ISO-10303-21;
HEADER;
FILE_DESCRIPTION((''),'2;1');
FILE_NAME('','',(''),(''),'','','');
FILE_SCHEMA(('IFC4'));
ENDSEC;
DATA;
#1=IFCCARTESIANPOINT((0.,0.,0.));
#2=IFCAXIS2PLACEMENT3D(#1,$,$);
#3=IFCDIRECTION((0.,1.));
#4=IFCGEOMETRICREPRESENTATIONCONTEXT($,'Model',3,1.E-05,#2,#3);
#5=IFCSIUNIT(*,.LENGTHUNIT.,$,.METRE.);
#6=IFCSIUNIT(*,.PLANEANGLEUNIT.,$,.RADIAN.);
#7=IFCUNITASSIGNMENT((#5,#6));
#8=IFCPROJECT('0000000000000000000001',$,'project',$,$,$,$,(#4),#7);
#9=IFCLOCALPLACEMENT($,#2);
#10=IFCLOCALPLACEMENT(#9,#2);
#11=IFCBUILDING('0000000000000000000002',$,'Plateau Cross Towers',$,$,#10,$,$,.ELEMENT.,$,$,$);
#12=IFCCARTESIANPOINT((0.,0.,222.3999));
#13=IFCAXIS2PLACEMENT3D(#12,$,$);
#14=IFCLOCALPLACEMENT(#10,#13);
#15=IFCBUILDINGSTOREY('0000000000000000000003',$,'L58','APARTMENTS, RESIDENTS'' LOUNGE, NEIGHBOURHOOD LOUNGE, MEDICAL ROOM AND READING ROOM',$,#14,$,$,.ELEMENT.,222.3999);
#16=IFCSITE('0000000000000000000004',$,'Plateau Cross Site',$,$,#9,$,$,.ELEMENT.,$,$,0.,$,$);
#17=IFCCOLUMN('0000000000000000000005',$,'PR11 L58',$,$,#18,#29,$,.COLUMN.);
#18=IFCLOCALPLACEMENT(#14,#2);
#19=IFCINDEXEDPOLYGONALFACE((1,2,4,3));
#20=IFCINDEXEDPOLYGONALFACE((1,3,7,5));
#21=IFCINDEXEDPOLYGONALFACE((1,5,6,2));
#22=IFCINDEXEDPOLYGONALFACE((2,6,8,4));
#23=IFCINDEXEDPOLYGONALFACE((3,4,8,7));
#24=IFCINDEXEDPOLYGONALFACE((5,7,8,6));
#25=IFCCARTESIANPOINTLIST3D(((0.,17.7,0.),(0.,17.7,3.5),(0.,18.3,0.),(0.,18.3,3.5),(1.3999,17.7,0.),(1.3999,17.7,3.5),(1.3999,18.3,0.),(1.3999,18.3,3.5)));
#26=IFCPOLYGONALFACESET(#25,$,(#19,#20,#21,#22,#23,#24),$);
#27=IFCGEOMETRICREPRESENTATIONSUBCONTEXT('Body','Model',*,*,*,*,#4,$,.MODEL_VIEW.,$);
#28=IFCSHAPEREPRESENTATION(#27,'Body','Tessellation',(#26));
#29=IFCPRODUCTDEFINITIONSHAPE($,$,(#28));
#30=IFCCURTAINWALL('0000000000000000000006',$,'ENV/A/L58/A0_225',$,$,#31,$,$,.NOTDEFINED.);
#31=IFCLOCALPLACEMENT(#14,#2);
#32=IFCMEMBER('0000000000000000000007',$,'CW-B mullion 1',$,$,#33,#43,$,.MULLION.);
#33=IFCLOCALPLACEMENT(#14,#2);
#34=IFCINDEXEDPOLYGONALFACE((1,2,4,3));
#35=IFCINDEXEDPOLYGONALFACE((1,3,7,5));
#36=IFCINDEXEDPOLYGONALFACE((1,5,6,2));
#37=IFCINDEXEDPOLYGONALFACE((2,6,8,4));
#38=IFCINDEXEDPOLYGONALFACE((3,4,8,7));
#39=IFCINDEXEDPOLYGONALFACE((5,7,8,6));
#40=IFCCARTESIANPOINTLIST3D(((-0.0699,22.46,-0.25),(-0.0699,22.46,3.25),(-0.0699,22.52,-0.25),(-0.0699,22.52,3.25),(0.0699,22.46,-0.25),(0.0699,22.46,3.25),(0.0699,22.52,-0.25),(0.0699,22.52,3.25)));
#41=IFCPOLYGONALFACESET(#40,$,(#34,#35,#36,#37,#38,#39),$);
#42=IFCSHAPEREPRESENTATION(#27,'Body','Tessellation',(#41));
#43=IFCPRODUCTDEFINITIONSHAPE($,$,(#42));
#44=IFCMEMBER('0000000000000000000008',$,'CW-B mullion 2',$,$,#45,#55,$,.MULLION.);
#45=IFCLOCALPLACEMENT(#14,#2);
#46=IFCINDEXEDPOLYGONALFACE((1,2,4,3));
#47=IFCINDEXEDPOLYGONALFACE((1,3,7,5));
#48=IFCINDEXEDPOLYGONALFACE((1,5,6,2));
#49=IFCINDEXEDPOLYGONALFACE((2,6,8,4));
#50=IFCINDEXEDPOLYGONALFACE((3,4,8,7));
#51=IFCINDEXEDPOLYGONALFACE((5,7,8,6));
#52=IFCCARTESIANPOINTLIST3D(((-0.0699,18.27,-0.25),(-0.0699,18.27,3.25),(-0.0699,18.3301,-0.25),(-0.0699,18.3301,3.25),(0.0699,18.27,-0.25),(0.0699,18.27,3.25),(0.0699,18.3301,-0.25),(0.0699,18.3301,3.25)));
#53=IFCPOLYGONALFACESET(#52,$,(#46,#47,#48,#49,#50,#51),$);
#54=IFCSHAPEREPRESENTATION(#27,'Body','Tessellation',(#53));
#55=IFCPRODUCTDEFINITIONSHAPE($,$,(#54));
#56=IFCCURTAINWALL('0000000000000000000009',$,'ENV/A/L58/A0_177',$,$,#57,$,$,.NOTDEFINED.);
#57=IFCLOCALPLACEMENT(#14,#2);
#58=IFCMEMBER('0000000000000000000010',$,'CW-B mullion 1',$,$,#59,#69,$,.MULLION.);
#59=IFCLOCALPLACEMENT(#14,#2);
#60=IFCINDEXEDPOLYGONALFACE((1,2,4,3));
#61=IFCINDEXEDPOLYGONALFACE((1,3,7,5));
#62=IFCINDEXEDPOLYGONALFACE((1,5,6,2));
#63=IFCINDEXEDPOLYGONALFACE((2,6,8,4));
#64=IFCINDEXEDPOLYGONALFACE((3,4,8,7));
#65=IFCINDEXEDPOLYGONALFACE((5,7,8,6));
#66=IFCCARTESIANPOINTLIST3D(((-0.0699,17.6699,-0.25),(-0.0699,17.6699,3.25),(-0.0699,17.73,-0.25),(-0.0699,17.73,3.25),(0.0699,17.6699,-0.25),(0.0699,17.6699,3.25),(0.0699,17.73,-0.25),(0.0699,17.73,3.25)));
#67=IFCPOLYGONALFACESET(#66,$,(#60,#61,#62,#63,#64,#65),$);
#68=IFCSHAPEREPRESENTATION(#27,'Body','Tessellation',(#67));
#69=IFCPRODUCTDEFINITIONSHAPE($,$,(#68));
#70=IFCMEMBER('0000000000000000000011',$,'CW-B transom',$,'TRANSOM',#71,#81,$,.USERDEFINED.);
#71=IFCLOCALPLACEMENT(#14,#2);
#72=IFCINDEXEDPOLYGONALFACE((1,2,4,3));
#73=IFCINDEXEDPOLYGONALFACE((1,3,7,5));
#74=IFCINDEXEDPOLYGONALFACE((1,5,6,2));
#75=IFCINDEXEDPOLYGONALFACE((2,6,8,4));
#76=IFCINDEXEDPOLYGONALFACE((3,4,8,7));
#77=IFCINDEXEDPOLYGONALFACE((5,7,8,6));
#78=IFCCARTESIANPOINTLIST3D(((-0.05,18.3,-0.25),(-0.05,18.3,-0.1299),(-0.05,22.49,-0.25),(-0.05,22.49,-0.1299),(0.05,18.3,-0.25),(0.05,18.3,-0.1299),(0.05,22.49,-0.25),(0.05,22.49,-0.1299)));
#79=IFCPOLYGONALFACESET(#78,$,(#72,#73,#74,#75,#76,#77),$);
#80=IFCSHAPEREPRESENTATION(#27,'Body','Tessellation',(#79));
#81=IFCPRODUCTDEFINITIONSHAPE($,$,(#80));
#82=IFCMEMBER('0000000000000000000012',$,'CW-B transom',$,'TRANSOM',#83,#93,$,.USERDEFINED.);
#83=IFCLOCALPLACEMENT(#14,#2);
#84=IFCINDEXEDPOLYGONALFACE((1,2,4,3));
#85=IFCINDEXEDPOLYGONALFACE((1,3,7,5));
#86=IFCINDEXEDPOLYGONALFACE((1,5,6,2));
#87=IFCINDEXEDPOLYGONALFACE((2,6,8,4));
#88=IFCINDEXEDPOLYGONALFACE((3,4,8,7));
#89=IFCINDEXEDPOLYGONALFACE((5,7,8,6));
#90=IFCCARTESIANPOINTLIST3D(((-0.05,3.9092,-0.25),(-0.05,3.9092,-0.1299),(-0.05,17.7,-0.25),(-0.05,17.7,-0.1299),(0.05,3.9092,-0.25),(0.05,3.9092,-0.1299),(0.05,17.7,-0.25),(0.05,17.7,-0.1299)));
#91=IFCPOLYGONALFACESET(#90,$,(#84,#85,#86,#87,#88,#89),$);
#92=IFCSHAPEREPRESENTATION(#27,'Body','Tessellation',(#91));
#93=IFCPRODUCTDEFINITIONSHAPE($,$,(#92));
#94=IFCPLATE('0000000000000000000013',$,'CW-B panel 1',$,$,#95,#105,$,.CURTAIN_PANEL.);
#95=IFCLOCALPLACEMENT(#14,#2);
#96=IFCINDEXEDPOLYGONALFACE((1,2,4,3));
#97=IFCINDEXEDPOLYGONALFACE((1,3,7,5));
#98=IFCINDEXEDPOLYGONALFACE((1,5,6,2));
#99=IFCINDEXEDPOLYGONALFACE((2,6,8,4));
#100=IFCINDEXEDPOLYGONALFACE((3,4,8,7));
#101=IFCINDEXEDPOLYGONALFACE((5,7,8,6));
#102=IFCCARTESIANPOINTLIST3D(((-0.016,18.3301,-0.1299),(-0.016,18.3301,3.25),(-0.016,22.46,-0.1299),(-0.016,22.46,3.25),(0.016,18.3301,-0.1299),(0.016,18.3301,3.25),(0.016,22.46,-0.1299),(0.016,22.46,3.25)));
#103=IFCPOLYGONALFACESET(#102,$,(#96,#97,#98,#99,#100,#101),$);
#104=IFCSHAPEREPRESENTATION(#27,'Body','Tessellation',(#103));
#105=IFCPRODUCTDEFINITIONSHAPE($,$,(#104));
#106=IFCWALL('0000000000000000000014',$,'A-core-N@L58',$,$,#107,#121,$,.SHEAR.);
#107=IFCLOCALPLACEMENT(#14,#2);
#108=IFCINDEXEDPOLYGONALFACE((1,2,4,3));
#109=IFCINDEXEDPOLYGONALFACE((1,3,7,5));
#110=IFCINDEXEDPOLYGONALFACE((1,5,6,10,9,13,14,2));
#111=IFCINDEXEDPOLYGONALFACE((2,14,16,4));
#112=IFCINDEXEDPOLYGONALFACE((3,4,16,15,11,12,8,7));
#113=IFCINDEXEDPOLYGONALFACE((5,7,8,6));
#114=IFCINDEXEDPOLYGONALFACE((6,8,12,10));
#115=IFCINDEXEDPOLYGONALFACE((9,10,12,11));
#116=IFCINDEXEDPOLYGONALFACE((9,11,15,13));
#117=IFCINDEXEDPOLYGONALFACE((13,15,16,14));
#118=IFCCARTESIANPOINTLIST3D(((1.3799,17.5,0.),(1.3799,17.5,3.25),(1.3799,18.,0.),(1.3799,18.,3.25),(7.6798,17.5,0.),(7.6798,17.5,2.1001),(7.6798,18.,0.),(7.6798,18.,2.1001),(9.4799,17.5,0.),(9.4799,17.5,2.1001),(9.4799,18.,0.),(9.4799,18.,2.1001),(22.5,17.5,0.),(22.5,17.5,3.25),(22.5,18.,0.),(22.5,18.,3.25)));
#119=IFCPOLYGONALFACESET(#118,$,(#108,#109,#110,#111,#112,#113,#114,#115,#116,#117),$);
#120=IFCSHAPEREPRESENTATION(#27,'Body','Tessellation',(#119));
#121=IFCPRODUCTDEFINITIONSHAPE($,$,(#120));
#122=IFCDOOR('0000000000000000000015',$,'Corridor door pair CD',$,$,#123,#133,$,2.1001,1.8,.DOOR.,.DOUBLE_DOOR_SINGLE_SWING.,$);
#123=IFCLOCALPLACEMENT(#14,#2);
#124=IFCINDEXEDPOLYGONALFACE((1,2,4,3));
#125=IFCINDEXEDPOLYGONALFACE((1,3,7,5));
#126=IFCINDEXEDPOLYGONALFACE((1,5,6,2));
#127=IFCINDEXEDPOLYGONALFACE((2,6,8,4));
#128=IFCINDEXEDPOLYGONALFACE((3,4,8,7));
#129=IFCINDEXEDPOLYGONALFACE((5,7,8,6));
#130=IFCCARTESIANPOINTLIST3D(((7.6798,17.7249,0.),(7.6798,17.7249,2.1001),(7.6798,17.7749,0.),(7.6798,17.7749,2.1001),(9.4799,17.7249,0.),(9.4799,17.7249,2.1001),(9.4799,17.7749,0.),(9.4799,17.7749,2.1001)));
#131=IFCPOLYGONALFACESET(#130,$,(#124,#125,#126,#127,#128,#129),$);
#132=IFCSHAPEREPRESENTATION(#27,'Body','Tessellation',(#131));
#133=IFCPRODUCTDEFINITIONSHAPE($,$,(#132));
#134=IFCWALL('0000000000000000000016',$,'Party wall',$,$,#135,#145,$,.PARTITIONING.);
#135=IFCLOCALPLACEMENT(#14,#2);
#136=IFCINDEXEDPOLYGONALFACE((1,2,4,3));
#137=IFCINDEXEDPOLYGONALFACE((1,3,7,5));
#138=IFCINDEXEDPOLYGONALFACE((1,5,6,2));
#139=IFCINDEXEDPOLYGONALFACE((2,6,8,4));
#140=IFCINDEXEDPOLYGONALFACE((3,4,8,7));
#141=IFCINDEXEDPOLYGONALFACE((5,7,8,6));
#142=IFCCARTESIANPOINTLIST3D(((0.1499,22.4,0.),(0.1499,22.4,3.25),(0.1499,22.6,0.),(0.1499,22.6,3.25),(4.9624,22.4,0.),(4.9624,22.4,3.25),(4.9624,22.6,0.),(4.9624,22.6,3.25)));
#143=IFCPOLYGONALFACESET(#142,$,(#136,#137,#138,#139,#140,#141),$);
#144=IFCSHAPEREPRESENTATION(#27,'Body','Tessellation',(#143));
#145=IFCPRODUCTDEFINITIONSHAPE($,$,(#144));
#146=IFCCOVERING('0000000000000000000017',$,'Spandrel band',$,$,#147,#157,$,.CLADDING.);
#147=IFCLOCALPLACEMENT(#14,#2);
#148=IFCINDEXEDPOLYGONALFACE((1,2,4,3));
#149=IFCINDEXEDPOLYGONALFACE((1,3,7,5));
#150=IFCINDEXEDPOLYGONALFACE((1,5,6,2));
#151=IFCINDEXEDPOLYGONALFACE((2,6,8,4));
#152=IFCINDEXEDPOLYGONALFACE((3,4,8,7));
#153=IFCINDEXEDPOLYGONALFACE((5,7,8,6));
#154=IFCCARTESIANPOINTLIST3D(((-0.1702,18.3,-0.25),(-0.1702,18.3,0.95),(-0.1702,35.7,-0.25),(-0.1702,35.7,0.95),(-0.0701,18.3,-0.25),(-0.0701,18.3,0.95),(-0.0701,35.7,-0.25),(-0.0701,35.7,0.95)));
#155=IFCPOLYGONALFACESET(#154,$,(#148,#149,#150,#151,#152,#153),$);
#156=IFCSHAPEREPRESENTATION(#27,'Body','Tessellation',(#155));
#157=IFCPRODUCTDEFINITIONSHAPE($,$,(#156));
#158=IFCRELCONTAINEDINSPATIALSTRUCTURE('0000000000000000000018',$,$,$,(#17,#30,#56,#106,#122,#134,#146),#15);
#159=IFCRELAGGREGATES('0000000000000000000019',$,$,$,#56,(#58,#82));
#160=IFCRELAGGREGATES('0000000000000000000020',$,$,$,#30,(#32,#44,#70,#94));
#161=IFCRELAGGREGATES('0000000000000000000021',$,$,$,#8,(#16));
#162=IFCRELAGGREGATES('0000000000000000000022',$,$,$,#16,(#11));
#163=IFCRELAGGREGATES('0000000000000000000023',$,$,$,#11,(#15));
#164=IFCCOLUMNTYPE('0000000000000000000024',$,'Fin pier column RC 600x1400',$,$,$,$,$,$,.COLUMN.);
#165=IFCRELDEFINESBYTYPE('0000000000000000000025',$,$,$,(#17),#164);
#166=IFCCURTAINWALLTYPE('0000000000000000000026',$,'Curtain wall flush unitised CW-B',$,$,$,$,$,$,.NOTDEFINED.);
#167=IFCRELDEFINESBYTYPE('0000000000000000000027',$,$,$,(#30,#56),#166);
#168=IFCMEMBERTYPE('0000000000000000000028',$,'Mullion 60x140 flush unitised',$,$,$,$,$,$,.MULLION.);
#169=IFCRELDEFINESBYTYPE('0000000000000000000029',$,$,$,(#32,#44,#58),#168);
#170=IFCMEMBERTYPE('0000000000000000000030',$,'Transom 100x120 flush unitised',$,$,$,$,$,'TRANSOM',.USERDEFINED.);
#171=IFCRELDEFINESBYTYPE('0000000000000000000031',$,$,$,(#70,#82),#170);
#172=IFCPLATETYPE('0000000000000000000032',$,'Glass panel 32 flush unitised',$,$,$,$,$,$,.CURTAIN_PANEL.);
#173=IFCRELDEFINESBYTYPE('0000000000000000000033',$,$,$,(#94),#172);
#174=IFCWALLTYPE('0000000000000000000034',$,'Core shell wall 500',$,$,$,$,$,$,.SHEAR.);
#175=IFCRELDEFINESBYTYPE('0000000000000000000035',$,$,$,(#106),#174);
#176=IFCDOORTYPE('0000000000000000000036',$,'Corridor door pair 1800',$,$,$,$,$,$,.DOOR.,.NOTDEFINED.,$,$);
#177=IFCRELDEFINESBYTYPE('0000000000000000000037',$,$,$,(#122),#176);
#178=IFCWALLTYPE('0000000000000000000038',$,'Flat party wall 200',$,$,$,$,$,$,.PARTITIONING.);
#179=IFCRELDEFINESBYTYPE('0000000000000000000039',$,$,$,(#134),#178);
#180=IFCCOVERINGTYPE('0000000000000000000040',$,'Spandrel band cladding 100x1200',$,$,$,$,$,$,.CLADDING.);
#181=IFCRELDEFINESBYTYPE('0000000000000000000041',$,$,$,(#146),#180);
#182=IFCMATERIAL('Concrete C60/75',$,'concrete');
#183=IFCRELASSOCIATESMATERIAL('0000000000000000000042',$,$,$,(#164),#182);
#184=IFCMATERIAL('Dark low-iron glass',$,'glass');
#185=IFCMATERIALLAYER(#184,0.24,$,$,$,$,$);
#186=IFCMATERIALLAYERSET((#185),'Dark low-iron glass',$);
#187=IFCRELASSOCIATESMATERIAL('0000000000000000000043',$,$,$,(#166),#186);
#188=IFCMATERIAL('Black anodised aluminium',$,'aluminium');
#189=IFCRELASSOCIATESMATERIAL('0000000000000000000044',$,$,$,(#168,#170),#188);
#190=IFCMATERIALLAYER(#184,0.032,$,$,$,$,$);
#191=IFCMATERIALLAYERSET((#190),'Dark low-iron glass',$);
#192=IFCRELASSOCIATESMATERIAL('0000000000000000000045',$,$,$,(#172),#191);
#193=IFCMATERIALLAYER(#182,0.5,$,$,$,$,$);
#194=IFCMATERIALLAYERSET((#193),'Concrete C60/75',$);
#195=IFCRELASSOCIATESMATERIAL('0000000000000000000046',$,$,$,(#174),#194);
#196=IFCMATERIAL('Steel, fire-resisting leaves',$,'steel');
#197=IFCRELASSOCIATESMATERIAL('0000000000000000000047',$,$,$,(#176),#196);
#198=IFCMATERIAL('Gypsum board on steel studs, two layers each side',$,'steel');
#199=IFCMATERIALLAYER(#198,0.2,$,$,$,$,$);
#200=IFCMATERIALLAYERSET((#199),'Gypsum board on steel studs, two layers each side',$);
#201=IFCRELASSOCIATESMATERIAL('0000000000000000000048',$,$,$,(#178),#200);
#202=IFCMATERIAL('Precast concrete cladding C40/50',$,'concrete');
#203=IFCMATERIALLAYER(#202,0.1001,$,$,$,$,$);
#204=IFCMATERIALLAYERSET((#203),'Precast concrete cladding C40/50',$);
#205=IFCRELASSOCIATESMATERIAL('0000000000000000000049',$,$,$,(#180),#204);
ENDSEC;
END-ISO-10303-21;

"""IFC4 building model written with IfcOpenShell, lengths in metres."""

from ifc_helpers import new_model, si_unit, direction, frame, frame_2d, origin, origin_2d, place, context, subcontext, project, spatial, rectangle, extrude, material, layer, layer_set, material_profile, profile_set, type_object, element, fill, aggregate, save


model = new_model("IFC4")

# Units and contexts
model_context = context("Model", 3, precision=1e-05, world=origin(), true_north=direction((0.0, 1.0)))
body_context = subcontext(model_context, "Body", "Model", "MODEL_VIEW")
ifc_project = project(units=[si_unit("LENGTHUNIT", "METRE"), si_unit("PLANEANGLEUNIT", "RADIAN")], contexts=[model_context])

# Site, building, storey
site_placement = place(None, origin())
site = spatial("IfcSite", under=ifc_project, at=site_placement, Name="Plateau Cross Site", CompositionType="ELEMENT", RefElevation=0.0)
building_placement = place(site_placement, origin())
building = spatial("IfcBuilding", under=site, at=building_placement, Name="Plateau Cross Towers", CompositionType="ELEMENT")
storey_placement = place(building_placement, frame((0.0, 0.0, 222.3999)))
storey = spatial("IfcBuildingStorey", under=building, at=storey_placement, Name="L58", Description="APARTMENTS, RESIDENTS' LOUNGE, NEIGHBOURHOOD LOUNGE, MEDICAL ROOM AND READING ROOM", CompositionType="ELEMENT", Elevation=222.3999)

# Column
ifc_material_1 = material(Name="Concrete C60/75", Category="concrete")
ifc_material_profile_1 = material_profile(ifc_material_1, rectangle(XDim=0.6001, YDim=1.3999, at=origin_2d()), Name="RC 600x1400")
ifc_profile_set_1 = profile_set([ifc_material_profile_1], Name="Concrete C60/75")
column_type = type_object("IfcColumnType", Name="Fin pier column RC 600x1400", PredefinedType="COLUMN", material=ifc_profile_set_1)
column_placement = place(storey_placement, frame((0.7, 18.0, 0.0), z_axis=(0.0, 0.0, 1.0), x_axis=(0.0, 1.0, 0.0)))
element("IfcColumn", 1, at=column_placement, inside=storey, type_object=column_type, Name="PR11 L58", PredefinedType="COLUMN", context=body_context, shape_type="SweptSolid", body=[
    extrude(rectangle(XDim=0.6001, YDim=1.3999, at=origin_2d()), origin(), (0.0, 0.0, 1.0), 3.5),
])

# Curtain wall, members
ifc_material_2 = material(Name="Dark low-iron glass", Category="glass")
ifc_layer_1 = layer(ifc_material_2, 0.24)
ifc_layer_set_1 = layer_set([ifc_layer_1], Name="Dark low-iron glass")
curtain_wall_type = type_object("IfcCurtainWallType", Name="Curtain wall flush unitised CW-B", PredefinedType="NOTDEFINED", material=ifc_layer_set_1)
curtain_wall_1_placement = place(storey_placement, origin())
curtain_wall_1 = element("IfcCurtainWall", 2, at=curtain_wall_1_placement, inside=storey, type_object=curtain_wall_type, Name="ENV/A/L58/A0_225", PredefinedType="NOTDEFINED")
ifc_material_3 = material(Name="Black anodised aluminium", Category="aluminium")
ifc_material_profile_2 = material_profile(ifc_material_3, rectangle(XDim=0.0601, YDim=0.1399, at=origin_2d()), Name="MULLION 60x140")
ifc_profile_set_2 = profile_set([ifc_material_profile_2], Name="Black anodised aluminium")
member_type_1 = type_object("IfcMemberType", Name="Mullion 60x140 flush unitised", PredefinedType="MULLION", material=ifc_profile_set_2)
member_1_placement = place(storey_placement, frame((0.0, 22.49, -0.25), z_axis=(0.0, 0.0, 1.0), x_axis=(0.0, -1.0, 0.0)))
member_1 = element("IfcMember", 3, at=member_1_placement, type_object=member_type_1, Name="CW-B mullion 1", PredefinedType="MULLION", context=body_context, shape_type="SweptSolid", body=[
    extrude(rectangle(XDim=0.0601, YDim=0.1399, at=origin_2d()), origin(), (0.0, 0.0, 1.0), 3.5),
])
member_2_placement = place(storey_placement, frame((0.0, 18.3, -0.25), z_axis=(0.0, 0.0, 1.0), x_axis=(0.0, -1.0, 0.0)))
member_2 = element("IfcMember", 4, at=member_2_placement, type_object=member_type_1, Name="CW-B mullion 2", PredefinedType="MULLION", context=body_context, shape_type="SweptSolid", body=[
    extrude(rectangle(XDim=0.0601, YDim=0.1399, at=origin_2d()), origin(), (0.0, 0.0, 1.0), 3.5),
])

# Curtain wall, member
curtain_wall_2_placement = place(storey_placement, origin())
curtain_wall_2 = element("IfcCurtainWall", 5, at=curtain_wall_2_placement, inside=storey, type_object=curtain_wall_type, Name="ENV/A/L58/A0_177", PredefinedType="NOTDEFINED")
member_3_placement = place(storey_placement, frame((0.0, 17.7, -0.25), z_axis=(0.0, 0.0, 1.0), x_axis=(0.0, -1.0, 0.0)))
member_3 = element("IfcMember", 6, at=member_3_placement, type_object=member_type_1, Name="CW-B mullion 1", PredefinedType="MULLION", context=body_context, shape_type="SweptSolid", body=[
    extrude(rectangle(XDim=0.0601, YDim=0.1399, at=origin_2d()), origin(), (0.0, 0.0, 1.0), 3.5),
])

# Members
ifc_material_profile_3 = material_profile(ifc_material_3, rectangle(XDim=0.1001, YDim=0.1201, at=origin_2d()), Name="TRANSOM 100x120")
ifc_profile_set_3 = profile_set([ifc_material_profile_3], Name="Black anodised aluminium")
member_type_2 = type_object("IfcMemberType", Name="Transom 100x120 flush unitised", ElementType="TRANSOM", PredefinedType="USERDEFINED", material=ifc_profile_set_3)
member_4_placement = place(storey_placement, frame((0.0, 22.49, -0.1899), z_axis=(0.0, -1.0, 0.0), x_axis=(1.0, 0.0, 0.0)))
member_4 = element("IfcMember", 7, at=member_4_placement, type_object=member_type_2, Name="CW-B transom", ObjectType="TRANSOM", PredefinedType="USERDEFINED", context=body_context, shape_type="SweptSolid", body=[
    extrude(rectangle(XDim=0.1001, YDim=0.1201, at=origin_2d()), origin(), (0.0, 0.0, 1.0), 4.1899),
])
member_5_placement = place(storey_placement, frame((0.0, 17.7, -0.1899), z_axis=(0.0, -1.0, 0.0), x_axis=(1.0, 0.0, 0.0)))
member_5 = element("IfcMember", 8, at=member_5_placement, type_object=member_type_2, Name="CW-B transom", ObjectType="TRANSOM", PredefinedType="USERDEFINED", context=body_context, shape_type="SweptSolid", body=[
    extrude(rectangle(XDim=0.1001, YDim=0.1201, at=origin_2d()), origin(), (0.0, 0.0, 1.0), 13.7908),
])
aggregate(curtain_wall_2, [member_3, member_5])

# Plate
ifc_layer_2 = layer(ifc_material_2, 0.032)
ifc_layer_set_2 = layer_set([ifc_layer_2], Name="Dark low-iron glass")
plate_type = type_object("IfcPlateType", Name="Glass panel 32 flush unitised", PredefinedType="CURTAIN_PANEL", material=ifc_layer_set_2)
plate_placement = place(storey_placement, frame((0.0, 20.395, -0.1299), z_axis=(0.0, 0.0, 1.0), x_axis=(0.0, -1.0, 0.0)))
plate = element("IfcPlate", 9, at=plate_placement, type_object=plate_type, Name="CW-B panel 1", PredefinedType="CURTAIN_PANEL", context=body_context, shape_type="SweptSolid", body=[
    extrude(rectangle(XDim=4.1299, YDim=0.032, at=origin_2d()), origin(), (0.0, 0.0, 1.0), 3.3799),
])
aggregate(curtain_wall_1, [member_1, member_2, member_4, plate])

# Wall, opening, door
ifc_layer_3 = layer(ifc_material_1, 0.5)
ifc_layer_set_3 = layer_set([ifc_layer_3], Name="Concrete C60/75")
wall_type_1 = type_object("IfcWallType", Name="Core shell wall 500", PredefinedType="SHEAR", material=ifc_layer_set_3)
wall_1_placement = place(storey_placement, frame((1.3799, 17.75, 0.0), z_axis=(0.0, 0.0, 1.0), x_axis=(1.0, 0.0, 0.0)))
wall_1 = element("IfcWall", 10, at=wall_1_placement, inside=storey, type_object=wall_type_1, Name="A-core-N@L58", PredefinedType="SHEAR", context=body_context, shape_type="SweptSolid", body=[
    extrude(rectangle(XDim=21.1201, YDim=0.5, at=frame_2d((10.5601, 0.0))), origin(), (0.0, 0.0, 1.0), 3.25),
])
opening_1_placement = place(wall_1_placement, frame((6.3, 0.0, 0.0)))
opening_1 = element("IfcOpeningElement", 11, at=opening_1_placement, cuts=wall_1, PredefinedType="OPENING", context=body_context, shape_type="SweptSolid", body=[
    extrude(rectangle(XDim=1.8, YDim=2.1001, at=frame_2d((0.8999, 1.05))), frame((0.0, 0.26, 0.0), z_axis=(0.0, -1.0, 0.0), x_axis=(1.0, 0.0, 0.0)), (0.0, 0.0, 1.0), 0.52),
])
ifc_material_4 = material(Name="Steel, fire-resisting leaves", Category="steel")
door_type_1 = type_object("IfcDoorType", Name="Corridor door pair 1800", OperationType="NOTDEFINED", PredefinedType="DOOR", material=ifc_material_4)
door_1_placement = place(opening_1_placement, origin())
door_1 = element("IfcDoor", 12, at=door_1_placement, inside=storey, type_object=door_type_1, Name="Corridor door pair CD", OperationType="DOUBLE_DOOR_SINGLE_SWING", OverallHeight=2.1001, OverallWidth=1.8, PredefinedType="DOOR", context=body_context, shape_type="SweptSolid", body=[
    extrude(rectangle(XDim=1.8, YDim=2.1001, at=frame_2d((0.8999, 1.05))), frame((0.0, 0.0249, 0.0), z_axis=(0.0, -1.0, 0.0), x_axis=(1.0, 0.0, 0.0)), (0.0, 0.0, 1.0), 0.05),
])
fill(opening_1, door_1)

# Wall
ifc_material_5 = material(Name="Gypsum board on steel studs, two layers each side", Category="steel")
ifc_layer_4 = layer(ifc_material_5, 0.2)
ifc_layer_set_4 = layer_set([ifc_layer_4], Name="Gypsum board on steel studs, two layers each side")
wall_type_2 = type_object("IfcWallType", Name="Flat party wall 200", PredefinedType="PARTITIONING", material=ifc_layer_set_4)
wall_2_placement = place(storey_placement, frame((0.1499, 22.5, 0.0), z_axis=(0.0, 0.0, 1.0), x_axis=(1.0, 0.0, 0.0)))
element("IfcWall", 13, at=wall_2_placement, inside=storey, type_object=wall_type_2, Name="Party wall", PredefinedType="PARTITIONING", context=body_context, shape_type="SweptSolid", body=[
    extrude(rectangle(XDim=4.8125, YDim=0.2, at=frame_2d((2.4062, 0.0))), origin(), (0.0, 0.0, 1.0), 3.25),
])

# Covering
ifc_material_6 = material(Name="Precast concrete cladding C40/50", Category="concrete")
ifc_layer_5 = layer(ifc_material_6, 0.1001)
ifc_layer_set_5 = layer_set([ifc_layer_5], Name="Precast concrete cladding C40/50")
covering_type = type_object("IfcCoveringType", Name="Spandrel band cladding 100x1200", PredefinedType="CLADDING", material=ifc_layer_set_5)
covering_placement = place(storey_placement, frame((-0.1201, 27.0, -0.25), z_axis=(0.0, 0.0, 1.0), x_axis=(0.0, -1.0, 0.0)))
element("IfcCovering", 14, at=covering_placement, inside=storey, type_object=covering_type, Name="Spandrel band", PredefinedType="CLADDING", context=body_context, shape_type="SweptSolid", body=[
    extrude(rectangle(XDim=17.3999, YDim=0.1001, at=origin_2d()), origin(), (0.0, 0.0, 1.0), 1.2),
])

save(model, "model.ifc")
